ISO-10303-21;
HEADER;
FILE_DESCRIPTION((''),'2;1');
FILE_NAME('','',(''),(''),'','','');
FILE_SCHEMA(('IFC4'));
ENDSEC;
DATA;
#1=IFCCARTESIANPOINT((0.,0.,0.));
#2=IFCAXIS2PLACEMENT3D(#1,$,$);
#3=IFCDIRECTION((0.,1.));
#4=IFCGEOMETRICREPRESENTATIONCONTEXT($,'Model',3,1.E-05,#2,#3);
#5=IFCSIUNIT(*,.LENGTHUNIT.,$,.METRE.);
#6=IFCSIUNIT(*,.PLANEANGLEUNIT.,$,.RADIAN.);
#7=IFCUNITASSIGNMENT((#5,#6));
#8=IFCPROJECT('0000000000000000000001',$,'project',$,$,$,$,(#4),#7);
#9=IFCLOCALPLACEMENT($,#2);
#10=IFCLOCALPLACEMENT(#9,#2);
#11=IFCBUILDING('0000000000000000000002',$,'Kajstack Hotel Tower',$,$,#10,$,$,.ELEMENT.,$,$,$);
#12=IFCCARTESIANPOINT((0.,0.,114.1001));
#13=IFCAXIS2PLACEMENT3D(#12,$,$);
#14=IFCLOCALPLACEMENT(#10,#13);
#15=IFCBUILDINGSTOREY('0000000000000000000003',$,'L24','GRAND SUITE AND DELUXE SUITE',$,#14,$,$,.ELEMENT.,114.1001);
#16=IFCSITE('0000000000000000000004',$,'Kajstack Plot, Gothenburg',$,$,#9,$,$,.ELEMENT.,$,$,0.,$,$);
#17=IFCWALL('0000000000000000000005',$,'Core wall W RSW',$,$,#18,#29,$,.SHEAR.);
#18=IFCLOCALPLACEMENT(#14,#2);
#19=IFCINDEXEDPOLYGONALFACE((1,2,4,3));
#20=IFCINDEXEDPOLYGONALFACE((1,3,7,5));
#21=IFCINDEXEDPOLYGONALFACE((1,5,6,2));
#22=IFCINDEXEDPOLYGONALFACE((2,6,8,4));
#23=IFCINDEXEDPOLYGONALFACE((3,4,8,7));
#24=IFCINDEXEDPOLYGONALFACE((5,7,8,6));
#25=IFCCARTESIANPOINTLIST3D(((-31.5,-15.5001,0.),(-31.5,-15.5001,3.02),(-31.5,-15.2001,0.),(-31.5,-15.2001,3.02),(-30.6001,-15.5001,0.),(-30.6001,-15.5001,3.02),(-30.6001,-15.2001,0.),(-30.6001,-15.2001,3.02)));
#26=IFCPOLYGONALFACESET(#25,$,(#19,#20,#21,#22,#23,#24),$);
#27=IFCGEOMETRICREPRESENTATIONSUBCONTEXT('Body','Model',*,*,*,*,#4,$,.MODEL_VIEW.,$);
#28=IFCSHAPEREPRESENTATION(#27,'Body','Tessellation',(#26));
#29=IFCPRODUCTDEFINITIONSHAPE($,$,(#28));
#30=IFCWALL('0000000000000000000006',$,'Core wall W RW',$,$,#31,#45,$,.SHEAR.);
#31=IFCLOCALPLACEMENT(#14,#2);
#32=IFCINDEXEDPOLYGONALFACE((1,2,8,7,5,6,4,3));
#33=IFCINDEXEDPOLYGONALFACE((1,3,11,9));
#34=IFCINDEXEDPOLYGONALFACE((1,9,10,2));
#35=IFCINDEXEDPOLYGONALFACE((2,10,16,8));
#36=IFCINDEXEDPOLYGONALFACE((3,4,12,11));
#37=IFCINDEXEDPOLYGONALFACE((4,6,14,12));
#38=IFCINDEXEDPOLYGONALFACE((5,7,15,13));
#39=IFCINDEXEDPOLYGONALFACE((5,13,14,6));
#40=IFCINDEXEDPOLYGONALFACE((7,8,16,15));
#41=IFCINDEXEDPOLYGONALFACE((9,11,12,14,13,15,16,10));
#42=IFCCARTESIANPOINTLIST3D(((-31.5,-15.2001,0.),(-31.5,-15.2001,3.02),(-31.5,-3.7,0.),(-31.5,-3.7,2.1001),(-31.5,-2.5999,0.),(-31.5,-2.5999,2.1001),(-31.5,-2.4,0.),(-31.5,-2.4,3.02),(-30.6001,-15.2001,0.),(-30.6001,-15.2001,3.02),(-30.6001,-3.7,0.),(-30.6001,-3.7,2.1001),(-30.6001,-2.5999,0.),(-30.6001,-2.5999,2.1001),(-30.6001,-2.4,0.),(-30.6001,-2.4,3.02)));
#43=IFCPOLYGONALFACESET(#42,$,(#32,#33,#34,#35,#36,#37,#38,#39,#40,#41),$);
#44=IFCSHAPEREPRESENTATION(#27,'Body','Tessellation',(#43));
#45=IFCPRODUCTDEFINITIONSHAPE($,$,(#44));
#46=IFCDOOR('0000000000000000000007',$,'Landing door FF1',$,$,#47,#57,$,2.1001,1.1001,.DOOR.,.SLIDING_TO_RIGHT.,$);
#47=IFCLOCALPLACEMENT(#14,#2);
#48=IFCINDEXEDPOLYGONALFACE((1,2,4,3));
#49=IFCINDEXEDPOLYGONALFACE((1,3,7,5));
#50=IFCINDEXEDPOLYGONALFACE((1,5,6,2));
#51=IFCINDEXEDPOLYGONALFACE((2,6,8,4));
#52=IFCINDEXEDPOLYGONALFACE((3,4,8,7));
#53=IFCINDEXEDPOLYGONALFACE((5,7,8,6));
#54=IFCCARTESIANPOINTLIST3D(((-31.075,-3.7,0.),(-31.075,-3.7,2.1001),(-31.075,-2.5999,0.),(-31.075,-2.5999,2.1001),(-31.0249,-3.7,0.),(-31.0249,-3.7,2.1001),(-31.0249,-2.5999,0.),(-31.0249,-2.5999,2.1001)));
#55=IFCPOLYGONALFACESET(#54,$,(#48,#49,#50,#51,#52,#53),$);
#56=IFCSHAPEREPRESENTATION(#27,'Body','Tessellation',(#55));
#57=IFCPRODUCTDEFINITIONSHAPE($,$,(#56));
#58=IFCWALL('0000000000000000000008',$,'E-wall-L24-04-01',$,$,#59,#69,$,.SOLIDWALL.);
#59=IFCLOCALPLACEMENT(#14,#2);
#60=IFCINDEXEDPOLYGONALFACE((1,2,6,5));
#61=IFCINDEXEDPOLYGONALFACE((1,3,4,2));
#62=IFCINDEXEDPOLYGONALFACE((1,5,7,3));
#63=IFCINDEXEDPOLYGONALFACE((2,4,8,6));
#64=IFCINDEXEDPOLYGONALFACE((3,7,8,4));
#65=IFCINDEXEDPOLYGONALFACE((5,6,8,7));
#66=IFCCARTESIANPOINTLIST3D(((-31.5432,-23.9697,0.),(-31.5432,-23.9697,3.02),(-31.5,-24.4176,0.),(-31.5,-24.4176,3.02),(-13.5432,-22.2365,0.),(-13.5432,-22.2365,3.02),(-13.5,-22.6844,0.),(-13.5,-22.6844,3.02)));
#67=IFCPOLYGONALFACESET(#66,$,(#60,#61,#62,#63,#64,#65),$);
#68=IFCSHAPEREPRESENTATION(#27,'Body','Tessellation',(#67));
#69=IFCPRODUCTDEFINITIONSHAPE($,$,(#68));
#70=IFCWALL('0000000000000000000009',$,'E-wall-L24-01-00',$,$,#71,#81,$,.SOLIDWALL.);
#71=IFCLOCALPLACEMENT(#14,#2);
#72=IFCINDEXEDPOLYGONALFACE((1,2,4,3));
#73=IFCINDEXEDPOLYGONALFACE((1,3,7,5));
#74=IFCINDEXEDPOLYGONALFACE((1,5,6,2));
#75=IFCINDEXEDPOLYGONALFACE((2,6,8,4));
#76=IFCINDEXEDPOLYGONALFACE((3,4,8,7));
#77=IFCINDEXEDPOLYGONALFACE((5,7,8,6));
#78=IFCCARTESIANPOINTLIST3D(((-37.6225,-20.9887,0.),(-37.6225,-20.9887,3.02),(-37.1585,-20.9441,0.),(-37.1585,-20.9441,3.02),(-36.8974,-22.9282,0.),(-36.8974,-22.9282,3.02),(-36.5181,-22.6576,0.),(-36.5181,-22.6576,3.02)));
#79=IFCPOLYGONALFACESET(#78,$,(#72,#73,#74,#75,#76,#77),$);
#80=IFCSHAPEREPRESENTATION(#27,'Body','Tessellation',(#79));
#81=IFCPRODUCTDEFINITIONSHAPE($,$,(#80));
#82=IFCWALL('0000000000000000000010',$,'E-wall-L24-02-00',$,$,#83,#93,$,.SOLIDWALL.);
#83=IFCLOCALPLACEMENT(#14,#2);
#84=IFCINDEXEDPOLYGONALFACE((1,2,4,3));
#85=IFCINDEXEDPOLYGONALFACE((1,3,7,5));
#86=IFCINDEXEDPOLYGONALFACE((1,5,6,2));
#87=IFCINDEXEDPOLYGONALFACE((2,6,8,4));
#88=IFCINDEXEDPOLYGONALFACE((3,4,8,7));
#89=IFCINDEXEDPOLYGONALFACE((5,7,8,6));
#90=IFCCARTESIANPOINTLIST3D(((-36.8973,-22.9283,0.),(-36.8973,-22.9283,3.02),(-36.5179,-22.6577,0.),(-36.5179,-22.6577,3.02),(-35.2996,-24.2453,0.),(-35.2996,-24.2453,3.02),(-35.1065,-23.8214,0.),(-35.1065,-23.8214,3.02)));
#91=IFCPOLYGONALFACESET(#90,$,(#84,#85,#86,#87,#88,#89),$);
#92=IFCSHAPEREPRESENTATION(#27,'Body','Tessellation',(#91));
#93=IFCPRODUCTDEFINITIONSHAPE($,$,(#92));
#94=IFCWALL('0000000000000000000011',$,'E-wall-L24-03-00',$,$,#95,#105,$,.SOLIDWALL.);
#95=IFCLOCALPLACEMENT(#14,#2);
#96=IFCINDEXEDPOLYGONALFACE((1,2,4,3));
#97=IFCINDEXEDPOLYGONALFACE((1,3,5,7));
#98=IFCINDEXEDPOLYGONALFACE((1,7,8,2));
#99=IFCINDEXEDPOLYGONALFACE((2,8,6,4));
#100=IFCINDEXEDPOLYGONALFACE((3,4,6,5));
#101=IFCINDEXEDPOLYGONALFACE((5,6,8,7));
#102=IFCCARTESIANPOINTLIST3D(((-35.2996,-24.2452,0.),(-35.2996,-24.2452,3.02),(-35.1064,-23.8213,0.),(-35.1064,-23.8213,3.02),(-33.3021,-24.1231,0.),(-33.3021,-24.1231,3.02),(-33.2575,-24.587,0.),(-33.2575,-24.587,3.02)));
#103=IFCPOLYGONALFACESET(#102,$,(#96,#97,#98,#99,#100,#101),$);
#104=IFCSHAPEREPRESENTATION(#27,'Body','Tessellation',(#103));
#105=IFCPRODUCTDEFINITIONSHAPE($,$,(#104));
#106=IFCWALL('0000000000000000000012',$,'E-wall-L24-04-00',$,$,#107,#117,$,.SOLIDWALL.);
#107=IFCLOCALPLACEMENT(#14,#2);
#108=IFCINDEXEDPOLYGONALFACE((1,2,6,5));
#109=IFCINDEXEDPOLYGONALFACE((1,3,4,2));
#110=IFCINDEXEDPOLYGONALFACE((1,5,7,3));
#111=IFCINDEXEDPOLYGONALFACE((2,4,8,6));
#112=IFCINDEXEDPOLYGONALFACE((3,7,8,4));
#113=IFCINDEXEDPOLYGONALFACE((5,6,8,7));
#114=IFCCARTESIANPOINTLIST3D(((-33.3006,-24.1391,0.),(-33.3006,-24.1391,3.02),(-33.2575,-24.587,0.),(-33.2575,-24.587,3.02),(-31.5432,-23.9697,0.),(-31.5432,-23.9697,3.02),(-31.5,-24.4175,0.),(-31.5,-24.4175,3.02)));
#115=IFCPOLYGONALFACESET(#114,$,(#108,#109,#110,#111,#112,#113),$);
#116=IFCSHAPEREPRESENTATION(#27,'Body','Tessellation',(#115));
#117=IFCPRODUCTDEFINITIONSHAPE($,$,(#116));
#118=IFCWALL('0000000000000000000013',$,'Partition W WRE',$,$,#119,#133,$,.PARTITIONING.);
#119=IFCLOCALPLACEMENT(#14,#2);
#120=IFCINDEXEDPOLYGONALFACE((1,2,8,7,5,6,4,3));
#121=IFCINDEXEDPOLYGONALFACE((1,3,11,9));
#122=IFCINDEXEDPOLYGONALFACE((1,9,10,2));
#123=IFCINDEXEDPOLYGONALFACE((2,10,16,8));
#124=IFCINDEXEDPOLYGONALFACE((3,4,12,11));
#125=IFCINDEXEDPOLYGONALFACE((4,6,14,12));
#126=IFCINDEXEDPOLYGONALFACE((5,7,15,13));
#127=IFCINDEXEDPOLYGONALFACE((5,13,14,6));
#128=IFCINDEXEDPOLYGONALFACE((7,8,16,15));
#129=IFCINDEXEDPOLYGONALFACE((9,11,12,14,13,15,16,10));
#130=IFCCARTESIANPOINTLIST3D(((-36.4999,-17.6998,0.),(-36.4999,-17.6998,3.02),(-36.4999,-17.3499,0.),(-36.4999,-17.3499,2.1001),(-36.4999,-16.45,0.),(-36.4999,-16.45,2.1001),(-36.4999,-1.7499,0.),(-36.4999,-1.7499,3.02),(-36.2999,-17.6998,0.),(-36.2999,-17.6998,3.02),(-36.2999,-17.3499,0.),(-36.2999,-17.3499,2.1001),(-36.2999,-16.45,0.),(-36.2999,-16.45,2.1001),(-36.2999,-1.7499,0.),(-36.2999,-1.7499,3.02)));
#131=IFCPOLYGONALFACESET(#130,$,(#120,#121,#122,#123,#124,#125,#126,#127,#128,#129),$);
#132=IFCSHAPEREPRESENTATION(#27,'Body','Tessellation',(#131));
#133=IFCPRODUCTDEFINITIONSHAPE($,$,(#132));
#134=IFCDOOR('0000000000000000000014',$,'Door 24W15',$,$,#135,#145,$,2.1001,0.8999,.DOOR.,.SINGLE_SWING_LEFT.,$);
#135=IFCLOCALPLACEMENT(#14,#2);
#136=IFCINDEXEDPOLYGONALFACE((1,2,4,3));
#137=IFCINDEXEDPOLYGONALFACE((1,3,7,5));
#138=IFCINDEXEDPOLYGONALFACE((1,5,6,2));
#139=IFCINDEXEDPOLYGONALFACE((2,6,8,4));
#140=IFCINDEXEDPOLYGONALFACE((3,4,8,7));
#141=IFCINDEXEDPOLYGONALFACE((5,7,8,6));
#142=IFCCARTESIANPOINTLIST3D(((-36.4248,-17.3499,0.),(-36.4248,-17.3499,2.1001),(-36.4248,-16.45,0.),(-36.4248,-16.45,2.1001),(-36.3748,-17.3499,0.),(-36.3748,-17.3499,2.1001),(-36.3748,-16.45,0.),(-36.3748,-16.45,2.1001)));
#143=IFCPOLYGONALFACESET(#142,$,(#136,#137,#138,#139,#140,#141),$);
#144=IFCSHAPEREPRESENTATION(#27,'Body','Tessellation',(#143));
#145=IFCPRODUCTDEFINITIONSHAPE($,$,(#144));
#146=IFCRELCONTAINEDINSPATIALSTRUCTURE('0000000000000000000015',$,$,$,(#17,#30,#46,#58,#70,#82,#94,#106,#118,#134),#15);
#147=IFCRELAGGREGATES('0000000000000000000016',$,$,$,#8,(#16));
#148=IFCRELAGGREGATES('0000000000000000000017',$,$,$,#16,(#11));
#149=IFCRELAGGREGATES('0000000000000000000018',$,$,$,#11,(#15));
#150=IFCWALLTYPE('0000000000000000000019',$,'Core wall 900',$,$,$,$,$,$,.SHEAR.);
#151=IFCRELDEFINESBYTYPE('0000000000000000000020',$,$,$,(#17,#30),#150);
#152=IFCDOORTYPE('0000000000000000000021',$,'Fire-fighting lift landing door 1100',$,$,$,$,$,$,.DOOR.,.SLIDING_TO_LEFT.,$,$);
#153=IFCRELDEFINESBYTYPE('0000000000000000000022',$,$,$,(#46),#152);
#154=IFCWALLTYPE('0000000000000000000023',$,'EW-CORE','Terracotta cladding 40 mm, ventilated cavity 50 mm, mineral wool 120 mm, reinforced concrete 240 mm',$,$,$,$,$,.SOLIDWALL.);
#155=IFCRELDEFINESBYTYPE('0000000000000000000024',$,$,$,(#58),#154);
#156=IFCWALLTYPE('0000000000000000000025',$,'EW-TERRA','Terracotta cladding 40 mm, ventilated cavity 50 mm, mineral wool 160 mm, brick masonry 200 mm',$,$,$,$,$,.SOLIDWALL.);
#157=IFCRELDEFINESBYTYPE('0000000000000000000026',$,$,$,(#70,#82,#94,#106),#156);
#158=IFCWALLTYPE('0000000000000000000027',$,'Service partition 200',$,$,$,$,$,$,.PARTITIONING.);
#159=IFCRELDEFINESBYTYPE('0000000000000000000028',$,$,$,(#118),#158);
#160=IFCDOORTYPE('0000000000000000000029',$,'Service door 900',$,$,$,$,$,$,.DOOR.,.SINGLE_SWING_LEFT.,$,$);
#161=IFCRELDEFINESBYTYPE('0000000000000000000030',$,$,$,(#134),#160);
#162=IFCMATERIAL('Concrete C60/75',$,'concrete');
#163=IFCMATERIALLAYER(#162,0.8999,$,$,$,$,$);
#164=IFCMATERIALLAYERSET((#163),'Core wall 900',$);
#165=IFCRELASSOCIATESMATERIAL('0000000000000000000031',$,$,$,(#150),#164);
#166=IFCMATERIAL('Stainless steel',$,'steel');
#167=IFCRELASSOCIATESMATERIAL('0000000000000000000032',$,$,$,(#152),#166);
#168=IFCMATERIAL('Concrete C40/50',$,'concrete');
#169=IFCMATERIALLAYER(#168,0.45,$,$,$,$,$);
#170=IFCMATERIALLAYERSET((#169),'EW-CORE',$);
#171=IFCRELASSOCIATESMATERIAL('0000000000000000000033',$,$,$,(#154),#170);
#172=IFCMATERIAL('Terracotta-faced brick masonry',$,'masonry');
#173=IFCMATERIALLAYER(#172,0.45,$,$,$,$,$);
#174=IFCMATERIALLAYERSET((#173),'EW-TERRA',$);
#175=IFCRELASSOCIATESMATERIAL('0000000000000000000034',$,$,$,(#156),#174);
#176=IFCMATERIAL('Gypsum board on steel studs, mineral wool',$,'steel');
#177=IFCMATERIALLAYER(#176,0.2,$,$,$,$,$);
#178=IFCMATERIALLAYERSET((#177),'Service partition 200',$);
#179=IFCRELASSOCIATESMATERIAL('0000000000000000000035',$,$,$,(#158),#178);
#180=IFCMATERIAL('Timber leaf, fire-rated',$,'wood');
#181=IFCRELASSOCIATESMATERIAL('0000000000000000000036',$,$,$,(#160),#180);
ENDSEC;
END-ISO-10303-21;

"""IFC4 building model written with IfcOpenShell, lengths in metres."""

from ifc_helpers import new_model, si_unit, direction, frame, frame_2d, origin, place, context, subcontext, project, spatial, polyline, rectangle, outline, extrude, material, layer, layer_set, type_object, element, fill, save


model = new_model("IFC4")

# Units and contexts
model_context = context("Model", 3, precision=1e-05, world=origin(), true_north=direction((0.0, 1.0)))
body_context = subcontext(model_context, "Body", "Model", "MODEL_VIEW")
ifc_project = project(units=[si_unit("LENGTHUNIT", "METRE"), si_unit("PLANEANGLEUNIT", "RADIAN")], contexts=[model_context])

# Site, building, storey
site_placement = place(None, origin())
site = spatial("IfcSite", under=ifc_project, at=site_placement, Name="Kajstack Plot, Gothenburg", CompositionType="ELEMENT", RefElevation=0.0)
building_placement = place(site_placement, origin())
building = spatial("IfcBuilding", under=site, at=building_placement, Name="Kajstack Hotel Tower", CompositionType="ELEMENT")
storey_placement = place(building_placement, frame((0.0, 0.0, 114.1001)))
storey = spatial("IfcBuildingStorey", under=building, at=storey_placement, Name="L24", Description="GRAND SUITE AND DELUXE SUITE", CompositionType="ELEMENT", Elevation=114.1001)

# Wall
ifc_material_1 = material(Name="Concrete C60/75", Category="concrete")
ifc_layer_1 = layer(ifc_material_1, 0.8999)
ifc_layer_set_1 = layer_set([ifc_layer_1], Name="Core wall 900")
wall_type_1 = type_object("IfcWallType", Name="Core wall 900", PredefinedType="SHEAR", material=ifc_layer_set_1)
wall_1_placement = place(storey_placement, frame((-31.5, -15.3501, 0.0), z_axis=(0.0, 0.0, 1.0), x_axis=(1.0, 0.0, 0.0)))
element("IfcWall", 1, at=wall_1_placement, inside=storey, type_object=wall_type_1, Name="Core wall W RSW", PredefinedType="SHEAR", context=body_context, shape_type="SweptSolid", body=[
    extrude(rectangle(XDim=0.8999, YDim=0.3, at=frame_2d((0.45, 0.0))), origin(), (0.0, 0.0, 1.0), 3.02),
])

# Wall, opening, door
wall_2_placement = place(storey_placement, frame((-31.05, -15.2, 0.0), z_axis=(0.0, 0.0, 1.0), x_axis=(0.0, 1.0, 0.0)))
wall_2 = element("IfcWall", 2, at=wall_2_placement, inside=storey, type_object=wall_type_1, Name="Core wall W RW", PredefinedType="SHEAR", context=body_context, shape_type="SweptSolid", body=[
    extrude(rectangle(XDim=12.8, YDim=0.8999, at=frame_2d((6.3999, 0.0))), origin(), (0.0, 0.0, 1.0), 3.02),
])
opening_1_placement = place(wall_2_placement, frame((11.5, 0.0, 0.0)))
opening_1 = element("IfcOpeningElement", 3, at=opening_1_placement, cuts=wall_2, PredefinedType="OPENING", context=body_context, shape_type="SweptSolid", body=[
    extrude(rectangle(XDim=1.1001, YDim=2.1001, at=frame_2d((0.55, 1.05))), frame((0.0, 0.46, 0.0), z_axis=(0.0, -1.0, 0.0), x_axis=(1.0, 0.0, 0.0)), (0.0, 0.0, 1.0), 0.9199),
])
ifc_material_2 = material(Name="Stainless steel", Category="steel")
door_type_1 = type_object("IfcDoorType", Name="Fire-fighting lift landing door 1100", OperationType="SLIDING_TO_LEFT", PredefinedType="DOOR", material=ifc_material_2)
door_1_placement = place(opening_1_placement, origin())
door_1 = element("IfcDoor", 4, at=door_1_placement, inside=storey, type_object=door_type_1, Name="Landing door FF1", OperationType="SLIDING_TO_RIGHT", OverallHeight=2.1001, OverallWidth=1.1001, PredefinedType="DOOR", context=body_context, shape_type="SweptSolid", body=[
    extrude(rectangle(XDim=1.1001, YDim=2.1001, at=frame_2d((0.55, 1.05))), frame((0.0, 0.0249, 0.0), z_axis=(0.0, -1.0, 0.0), x_axis=(1.0, 0.0, 0.0)), (0.0, 0.0, 1.0), 0.05),
])
fill(opening_1, door_1)

# Walls
ifc_material_3 = material(Name="Concrete C40/50", Category="concrete")
ifc_layer_2 = layer(ifc_material_3, 0.45)
ifc_layer_set_2 = layer_set([ifc_layer_2], Name="EW-CORE")
wall_type_2 = type_object("IfcWallType", Name="EW-CORE", Description="Terracotta cladding 40 mm, ventilated cavity 50 mm, mineral wool 120 mm, reinforced concrete 240 mm", PredefinedType="SOLIDWALL", material=ifc_layer_set_2)
wall_3_placement = place(storey_placement, frame((-31.5215, -24.1936, 0.0), z_axis=(0.0, 0.0, 1.0), x_axis=(0.995396, 0.095843, 0.0)))
element("IfcWall", 5, at=wall_3_placement, inside=storey, type_object=wall_type_2, Name="E-wall-L24-04-01", PredefinedType="SOLIDWALL", context=body_context, shape_type="SweptSolid", body=[
    extrude(rectangle(XDim=18.0833, YDim=0.45, at=frame_2d((9.0415, 0.0))), origin(), (0.0, 0.0, 1.0), 3.02),
])
ifc_material_4 = material(Name="Terracotta-faced brick masonry", Category="masonry")
ifc_layer_3 = layer(ifc_material_4, 0.45)
ifc_layer_set_3 = layer_set([ifc_layer_3], Name="EW-TERRA")
wall_type_3 = type_object("IfcWallType", Name="EW-TERRA", Description="Terracotta cladding 40 mm, ventilated cavity 50 mm, mineral wool 160 mm, brick masonry 200 mm", PredefinedType="SOLIDWALL", material=ifc_layer_set_3)
for number, where, z_axis, x_axis, name in (
    (6, (-37.4116, -20.9099, 0.0), (0.0, 0.0, 1.0), (0.350193, -0.936678, 0.0), "E-wall-L24-01-00"),
    (7, (-36.7542, -22.7546, 0.0), (0.0, 0.0, 1.0), (0.771651, -0.636046, 0.0), "E-wall-L24-02-00"),
):
    element("IfcWall", number, at=place(storey_placement, frame(where, z_axis=z_axis, x_axis=x_axis)), inside=storey, type_object=wall_type_3, Name=name, PredefinedType="SOLIDWALL", context=body_context, shape_type="SweptSolid", body=[
        extrude(outline(polyline([(0.0, -0.2251), (2.0706, -0.2251), (1.95, 0.2249), (0.1206, 0.2251), (0.0, -0.2251)])), origin(), (0.0, 0.0, 1.0), 3.02),
    ])
wall_4_placement = place(storey_placement, frame((-35.2625, -24.0232, 0.0), z_axis=(0.0, 0.0, 1.0), x_axis=(0.986279, -0.165087, 0.0)))
element("IfcWall", 8, at=wall_4_placement, inside=storey, type_object=wall_type_3, Name="E-wall-L24-03-00", PredefinedType="SOLIDWALL", context=body_context, shape_type="SweptSolid", body=[
    extrude(outline(polyline([(0.0, -0.2251), (2.0706, -0.2251), (1.95, 0.2251), (0.1206, 0.2249), (0.0, -0.2251)])), origin(), (0.0, 0.0, 1.0), 3.02),
])
wall_5_placement = place(storey_placement, frame((-33.2791, -24.363, 0.0), z_axis=(0.0, 0.0, 1.0), x_axis=(0.995385, 0.095957, 0.0)))
element("IfcWall", 9, at=wall_5_placement, inside=storey, type_object=wall_type_3, Name="E-wall-L24-04-00", PredefinedType="SOLIDWALL", context=body_context, shape_type="SweptSolid", body=[
    extrude(rectangle(XDim=1.7656, YDim=0.45, at=frame_2d((0.8828, 0.0))), origin(), (0.0, 0.0, 1.0), 3.02),
])

# Wall, opening, door
ifc_material_5 = material(Name="Gypsum board on steel studs, mineral wool", Category="steel")
ifc_layer_4 = layer(ifc_material_5, 0.2)
ifc_layer_set_4 = layer_set([ifc_layer_4], Name="Service partition 200")
wall_type_4 = type_object("IfcWallType", Name="Service partition 200", PredefinedType="PARTITIONING", material=ifc_layer_set_4)
wall_6_placement = place(storey_placement, frame((-36.3999, -17.7, 0.0), z_axis=(0.0, 0.0, 1.0), x_axis=(0.0, 1.0, 0.0)))
wall_6 = element("IfcWall", 10, at=wall_6_placement, inside=storey, type_object=wall_type_4, Name="Partition W WRE", PredefinedType="PARTITIONING", context=body_context, shape_type="SweptSolid", body=[
    extrude(rectangle(XDim=15.95, YDim=0.2, at=frame_2d((7.9751, 0.0))), origin(), (0.0, 0.0, 1.0), 3.02),
])
opening_2_placement = place(wall_6_placement, frame((0.3501, 0.0, 0.0)))
opening_2 = element("IfcOpeningElement", 11, at=opening_2_placement, cuts=wall_6, PredefinedType="OPENING", context=body_context, shape_type="SweptSolid", body=[
    extrude(rectangle(XDim=0.8999, YDim=2.1001, at=frame_2d((0.45, 1.05))), frame((0.0, 0.1099, 0.0), z_axis=(0.0, -1.0, 0.0), x_axis=(1.0, 0.0, 0.0)), (0.0, 0.0, 1.0), 0.22),
])
ifc_material_6 = material(Name="Timber leaf, fire-rated", Category="wood")
door_type_2 = type_object("IfcDoorType", Name="Service door 900", OperationType="SINGLE_SWING_LEFT", PredefinedType="DOOR", material=ifc_material_6)
door_2_placement = place(opening_2_placement, origin())
door_2 = element("IfcDoor", 12, at=door_2_placement, inside=storey, type_object=door_type_2, Name="Door 24W15", OperationType="SINGLE_SWING_LEFT", OverallHeight=2.1001, OverallWidth=0.8999, PredefinedType="DOOR", context=body_context, shape_type="SweptSolid", body=[
    extrude(rectangle(XDim=0.8999, YDim=2.1001, at=frame_2d((0.45, 1.05))), frame((0.0, 0.0249, 0.0), z_axis=(0.0, -1.0, 0.0), x_axis=(1.0, 0.0, 0.0)), (0.0, 0.0, 1.0), 0.05),
])
fill(opening_2, door_2)

save(model, "model.ifc")
